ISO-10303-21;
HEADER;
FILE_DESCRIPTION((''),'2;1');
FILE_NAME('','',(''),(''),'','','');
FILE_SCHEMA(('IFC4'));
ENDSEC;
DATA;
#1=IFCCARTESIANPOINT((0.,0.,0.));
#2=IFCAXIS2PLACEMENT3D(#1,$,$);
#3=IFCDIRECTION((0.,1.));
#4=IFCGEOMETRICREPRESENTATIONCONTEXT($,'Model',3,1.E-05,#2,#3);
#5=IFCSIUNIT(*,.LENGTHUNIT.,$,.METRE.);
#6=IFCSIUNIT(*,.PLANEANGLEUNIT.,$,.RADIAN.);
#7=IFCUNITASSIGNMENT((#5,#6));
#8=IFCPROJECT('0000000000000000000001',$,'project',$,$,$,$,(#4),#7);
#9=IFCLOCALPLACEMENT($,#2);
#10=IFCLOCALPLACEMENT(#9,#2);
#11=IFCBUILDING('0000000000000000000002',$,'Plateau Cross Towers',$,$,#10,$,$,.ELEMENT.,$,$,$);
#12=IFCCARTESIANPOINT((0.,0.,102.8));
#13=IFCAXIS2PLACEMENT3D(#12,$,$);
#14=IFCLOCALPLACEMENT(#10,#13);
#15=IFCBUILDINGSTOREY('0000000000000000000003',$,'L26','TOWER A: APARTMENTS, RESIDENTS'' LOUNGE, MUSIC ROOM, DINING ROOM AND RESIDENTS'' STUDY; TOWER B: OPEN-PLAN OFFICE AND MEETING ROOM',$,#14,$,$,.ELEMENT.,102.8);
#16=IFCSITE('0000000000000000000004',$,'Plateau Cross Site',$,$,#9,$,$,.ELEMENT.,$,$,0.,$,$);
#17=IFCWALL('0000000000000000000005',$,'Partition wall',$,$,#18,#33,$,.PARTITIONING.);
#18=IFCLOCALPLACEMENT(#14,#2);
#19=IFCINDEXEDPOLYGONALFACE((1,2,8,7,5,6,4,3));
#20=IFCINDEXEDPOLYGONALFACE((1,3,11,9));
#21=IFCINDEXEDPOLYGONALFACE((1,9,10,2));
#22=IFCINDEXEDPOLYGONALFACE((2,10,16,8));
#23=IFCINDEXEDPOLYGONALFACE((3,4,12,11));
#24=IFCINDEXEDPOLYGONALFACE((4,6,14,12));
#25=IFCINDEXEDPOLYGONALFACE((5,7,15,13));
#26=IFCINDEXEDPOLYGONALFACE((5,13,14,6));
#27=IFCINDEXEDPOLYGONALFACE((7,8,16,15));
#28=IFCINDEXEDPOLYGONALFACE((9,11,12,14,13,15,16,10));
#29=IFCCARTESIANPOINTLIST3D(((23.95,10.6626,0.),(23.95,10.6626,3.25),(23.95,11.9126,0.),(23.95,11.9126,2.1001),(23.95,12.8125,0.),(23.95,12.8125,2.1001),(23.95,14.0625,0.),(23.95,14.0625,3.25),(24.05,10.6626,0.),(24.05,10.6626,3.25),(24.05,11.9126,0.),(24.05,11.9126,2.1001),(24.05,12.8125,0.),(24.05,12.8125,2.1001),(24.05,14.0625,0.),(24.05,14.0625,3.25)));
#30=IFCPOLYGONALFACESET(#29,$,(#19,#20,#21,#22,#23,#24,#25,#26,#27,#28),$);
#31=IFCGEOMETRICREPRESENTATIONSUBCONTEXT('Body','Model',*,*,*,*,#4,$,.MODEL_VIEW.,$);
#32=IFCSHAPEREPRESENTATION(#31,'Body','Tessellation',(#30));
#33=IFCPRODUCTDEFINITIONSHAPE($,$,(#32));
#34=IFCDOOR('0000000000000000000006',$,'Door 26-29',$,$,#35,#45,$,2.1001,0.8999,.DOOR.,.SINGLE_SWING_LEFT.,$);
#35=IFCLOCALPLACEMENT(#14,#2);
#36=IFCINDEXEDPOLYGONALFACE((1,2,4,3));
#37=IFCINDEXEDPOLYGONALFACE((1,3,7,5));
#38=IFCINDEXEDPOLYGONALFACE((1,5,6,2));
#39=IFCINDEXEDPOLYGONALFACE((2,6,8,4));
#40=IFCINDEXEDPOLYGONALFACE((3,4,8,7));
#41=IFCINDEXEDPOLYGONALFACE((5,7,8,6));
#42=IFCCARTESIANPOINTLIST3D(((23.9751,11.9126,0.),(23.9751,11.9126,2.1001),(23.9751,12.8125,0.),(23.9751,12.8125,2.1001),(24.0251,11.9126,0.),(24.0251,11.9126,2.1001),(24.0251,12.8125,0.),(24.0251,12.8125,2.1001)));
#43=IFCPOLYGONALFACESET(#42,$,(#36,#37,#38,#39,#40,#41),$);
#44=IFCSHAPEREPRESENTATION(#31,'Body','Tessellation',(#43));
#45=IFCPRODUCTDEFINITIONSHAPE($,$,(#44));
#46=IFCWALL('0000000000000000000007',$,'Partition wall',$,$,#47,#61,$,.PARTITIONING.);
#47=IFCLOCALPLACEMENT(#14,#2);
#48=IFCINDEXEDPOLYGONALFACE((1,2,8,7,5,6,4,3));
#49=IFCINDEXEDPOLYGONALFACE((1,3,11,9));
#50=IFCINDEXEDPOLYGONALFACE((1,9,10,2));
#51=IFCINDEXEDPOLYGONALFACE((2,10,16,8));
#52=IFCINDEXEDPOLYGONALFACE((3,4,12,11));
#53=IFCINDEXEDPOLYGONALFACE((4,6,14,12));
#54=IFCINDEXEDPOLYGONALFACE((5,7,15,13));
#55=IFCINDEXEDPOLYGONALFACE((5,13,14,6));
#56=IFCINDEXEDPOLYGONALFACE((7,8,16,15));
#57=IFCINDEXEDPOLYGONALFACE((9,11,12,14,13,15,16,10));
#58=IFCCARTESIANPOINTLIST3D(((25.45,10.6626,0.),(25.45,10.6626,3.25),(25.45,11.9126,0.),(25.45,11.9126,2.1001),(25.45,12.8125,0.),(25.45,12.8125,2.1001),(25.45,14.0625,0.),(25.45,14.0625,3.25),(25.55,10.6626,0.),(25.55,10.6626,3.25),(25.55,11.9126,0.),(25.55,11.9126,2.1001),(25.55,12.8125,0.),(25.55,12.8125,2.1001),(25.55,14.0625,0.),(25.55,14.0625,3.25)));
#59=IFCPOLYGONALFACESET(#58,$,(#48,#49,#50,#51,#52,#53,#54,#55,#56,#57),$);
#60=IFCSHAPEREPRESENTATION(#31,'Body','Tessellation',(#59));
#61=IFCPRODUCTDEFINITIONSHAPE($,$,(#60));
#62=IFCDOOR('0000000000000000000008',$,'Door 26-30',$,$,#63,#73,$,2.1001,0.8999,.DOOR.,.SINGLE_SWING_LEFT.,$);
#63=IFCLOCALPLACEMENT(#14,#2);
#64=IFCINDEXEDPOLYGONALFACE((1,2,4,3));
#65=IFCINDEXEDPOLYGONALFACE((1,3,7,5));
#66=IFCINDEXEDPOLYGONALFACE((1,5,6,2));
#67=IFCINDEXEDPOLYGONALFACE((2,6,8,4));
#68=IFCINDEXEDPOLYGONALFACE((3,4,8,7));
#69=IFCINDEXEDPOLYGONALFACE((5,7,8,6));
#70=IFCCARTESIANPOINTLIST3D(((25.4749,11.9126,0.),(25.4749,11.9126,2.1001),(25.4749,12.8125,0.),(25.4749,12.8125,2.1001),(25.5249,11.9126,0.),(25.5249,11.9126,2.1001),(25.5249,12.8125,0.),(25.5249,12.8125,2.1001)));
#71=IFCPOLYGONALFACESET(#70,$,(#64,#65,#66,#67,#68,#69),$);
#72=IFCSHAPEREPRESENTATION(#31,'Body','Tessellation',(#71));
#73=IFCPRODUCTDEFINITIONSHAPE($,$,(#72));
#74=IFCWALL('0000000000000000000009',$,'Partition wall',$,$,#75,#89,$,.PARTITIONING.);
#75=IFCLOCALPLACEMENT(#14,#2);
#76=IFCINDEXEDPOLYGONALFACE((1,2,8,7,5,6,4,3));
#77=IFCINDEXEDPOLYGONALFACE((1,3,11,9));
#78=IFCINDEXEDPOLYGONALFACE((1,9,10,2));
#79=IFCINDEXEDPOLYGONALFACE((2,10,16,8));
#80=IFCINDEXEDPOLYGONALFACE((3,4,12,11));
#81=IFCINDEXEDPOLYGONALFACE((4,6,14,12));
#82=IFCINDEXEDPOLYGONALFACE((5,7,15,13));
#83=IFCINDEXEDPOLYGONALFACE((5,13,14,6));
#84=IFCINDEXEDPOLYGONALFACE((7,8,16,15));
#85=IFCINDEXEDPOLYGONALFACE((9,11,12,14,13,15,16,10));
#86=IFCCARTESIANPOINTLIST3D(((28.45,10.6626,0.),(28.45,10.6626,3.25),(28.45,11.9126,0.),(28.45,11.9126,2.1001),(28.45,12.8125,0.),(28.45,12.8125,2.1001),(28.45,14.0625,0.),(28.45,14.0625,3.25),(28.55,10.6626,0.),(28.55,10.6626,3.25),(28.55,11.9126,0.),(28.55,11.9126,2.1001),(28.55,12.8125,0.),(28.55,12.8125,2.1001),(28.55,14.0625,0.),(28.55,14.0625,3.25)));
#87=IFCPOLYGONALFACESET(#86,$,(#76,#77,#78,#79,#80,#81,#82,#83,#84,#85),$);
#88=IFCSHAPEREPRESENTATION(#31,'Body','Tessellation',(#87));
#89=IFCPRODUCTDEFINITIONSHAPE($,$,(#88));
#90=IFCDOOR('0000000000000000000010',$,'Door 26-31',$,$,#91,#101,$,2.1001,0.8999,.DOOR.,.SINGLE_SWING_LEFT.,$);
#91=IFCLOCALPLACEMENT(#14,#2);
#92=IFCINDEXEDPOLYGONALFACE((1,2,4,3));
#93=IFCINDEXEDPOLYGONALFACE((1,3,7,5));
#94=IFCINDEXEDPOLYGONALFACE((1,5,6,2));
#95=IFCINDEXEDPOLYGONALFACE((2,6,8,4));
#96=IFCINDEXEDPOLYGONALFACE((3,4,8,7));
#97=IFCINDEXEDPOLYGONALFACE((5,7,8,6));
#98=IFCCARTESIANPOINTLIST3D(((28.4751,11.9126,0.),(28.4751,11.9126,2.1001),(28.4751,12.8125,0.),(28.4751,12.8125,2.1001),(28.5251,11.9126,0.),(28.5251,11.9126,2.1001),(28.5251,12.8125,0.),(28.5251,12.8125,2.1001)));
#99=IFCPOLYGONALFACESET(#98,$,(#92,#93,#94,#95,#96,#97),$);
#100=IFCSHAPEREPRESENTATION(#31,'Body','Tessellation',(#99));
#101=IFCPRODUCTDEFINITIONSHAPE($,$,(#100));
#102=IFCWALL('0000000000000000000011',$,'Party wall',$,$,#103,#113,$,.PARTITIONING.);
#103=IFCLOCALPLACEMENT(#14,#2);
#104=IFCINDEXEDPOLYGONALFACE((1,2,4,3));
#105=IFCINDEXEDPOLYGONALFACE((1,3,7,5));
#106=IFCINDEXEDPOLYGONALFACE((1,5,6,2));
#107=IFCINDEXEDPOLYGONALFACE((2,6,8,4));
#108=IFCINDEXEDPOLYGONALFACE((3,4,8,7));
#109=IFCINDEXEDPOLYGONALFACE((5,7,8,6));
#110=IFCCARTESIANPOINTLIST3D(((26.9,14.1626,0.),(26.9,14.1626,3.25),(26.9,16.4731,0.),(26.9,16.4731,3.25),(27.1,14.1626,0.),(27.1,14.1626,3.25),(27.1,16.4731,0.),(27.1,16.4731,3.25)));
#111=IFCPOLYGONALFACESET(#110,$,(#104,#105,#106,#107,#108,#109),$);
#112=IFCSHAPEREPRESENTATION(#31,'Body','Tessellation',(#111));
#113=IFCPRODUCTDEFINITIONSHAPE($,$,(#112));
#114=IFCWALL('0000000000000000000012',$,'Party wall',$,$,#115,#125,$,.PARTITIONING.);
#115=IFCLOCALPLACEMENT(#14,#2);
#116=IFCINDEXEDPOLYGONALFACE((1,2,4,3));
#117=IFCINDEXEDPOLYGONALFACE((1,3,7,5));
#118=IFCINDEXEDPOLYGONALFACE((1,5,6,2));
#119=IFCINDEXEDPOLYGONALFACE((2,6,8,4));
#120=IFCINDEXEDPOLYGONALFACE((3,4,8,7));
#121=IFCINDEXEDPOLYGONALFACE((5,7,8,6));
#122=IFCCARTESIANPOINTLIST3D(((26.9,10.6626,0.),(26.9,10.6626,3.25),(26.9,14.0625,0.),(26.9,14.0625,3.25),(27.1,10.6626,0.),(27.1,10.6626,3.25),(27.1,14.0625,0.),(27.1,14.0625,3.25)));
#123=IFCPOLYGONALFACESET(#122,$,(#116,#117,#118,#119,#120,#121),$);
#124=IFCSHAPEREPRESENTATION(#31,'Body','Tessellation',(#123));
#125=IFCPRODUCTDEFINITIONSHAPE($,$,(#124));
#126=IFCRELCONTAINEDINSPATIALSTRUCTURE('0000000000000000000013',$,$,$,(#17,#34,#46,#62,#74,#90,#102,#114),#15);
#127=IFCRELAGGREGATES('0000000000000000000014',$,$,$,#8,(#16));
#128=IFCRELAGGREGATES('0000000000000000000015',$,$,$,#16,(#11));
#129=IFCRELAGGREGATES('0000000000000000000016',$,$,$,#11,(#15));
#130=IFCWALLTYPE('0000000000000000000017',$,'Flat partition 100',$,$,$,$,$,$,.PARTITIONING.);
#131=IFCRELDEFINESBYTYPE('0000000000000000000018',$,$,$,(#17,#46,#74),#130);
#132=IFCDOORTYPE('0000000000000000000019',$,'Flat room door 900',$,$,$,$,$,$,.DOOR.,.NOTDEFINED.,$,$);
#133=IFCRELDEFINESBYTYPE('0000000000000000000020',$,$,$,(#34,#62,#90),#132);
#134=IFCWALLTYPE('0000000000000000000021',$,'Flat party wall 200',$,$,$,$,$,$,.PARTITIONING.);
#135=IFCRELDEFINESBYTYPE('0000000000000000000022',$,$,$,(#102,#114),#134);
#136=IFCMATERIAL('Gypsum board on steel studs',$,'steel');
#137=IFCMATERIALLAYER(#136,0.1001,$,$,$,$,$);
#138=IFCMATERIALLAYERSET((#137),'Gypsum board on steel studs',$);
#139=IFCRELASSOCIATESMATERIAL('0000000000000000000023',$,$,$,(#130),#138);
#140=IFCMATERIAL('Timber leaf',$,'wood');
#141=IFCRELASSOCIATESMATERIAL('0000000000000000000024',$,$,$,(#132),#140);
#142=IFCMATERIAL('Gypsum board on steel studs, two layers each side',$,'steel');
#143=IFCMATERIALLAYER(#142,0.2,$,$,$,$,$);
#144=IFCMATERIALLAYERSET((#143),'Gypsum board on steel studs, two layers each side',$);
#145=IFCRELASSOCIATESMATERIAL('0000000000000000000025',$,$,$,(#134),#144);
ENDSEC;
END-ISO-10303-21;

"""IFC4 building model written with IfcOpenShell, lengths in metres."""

from ifc_helpers import new_model, si_unit, direction, frame, frame_2d, origin, place, context, subcontext, project, spatial, rectangle, extrude, material, layer, layer_set, type_object, element, fill, save


model = new_model("IFC4")

# Units and contexts
model_context = context("Model", 3, precision=1e-05, world=origin(), true_north=direction((0.0, 1.0)))
body_context = subcontext(model_context, "Body", "Model", "MODEL_VIEW")
ifc_project = project(units=[si_unit("LENGTHUNIT", "METRE"), si_unit("PLANEANGLEUNIT", "RADIAN")], contexts=[model_context])

# Site, building, storey
site_placement = place(None, origin())
site = spatial("IfcSite", under=ifc_project, at=site_placement, Name="Plateau Cross Site", CompositionType="ELEMENT", RefElevation=0.0)
building_placement = place(site_placement, origin())
building = spatial("IfcBuilding", under=site, at=building_placement, Name="Plateau Cross Towers", CompositionType="ELEMENT")
storey_placement = place(building_placement, frame((0.0, 0.0, 102.8)))
storey = spatial("IfcBuildingStorey", under=building, at=storey_placement, Name="L26", Description="TOWER A: APARTMENTS, RESIDENTS' LOUNGE, MUSIC ROOM, DINING ROOM AND RESIDENTS' STUDY; TOWER B: OPEN-PLAN OFFICE AND MEETING ROOM", CompositionType="ELEMENT", Elevation=102.8)

# Shared definitions
ifc_material_1 = material(Name="Gypsum board on steel studs", Category="steel")
ifc_layer_1 = layer(ifc_material_1, 0.1001)
ifc_layer_set_1 = layer_set([ifc_layer_1], Name="Gypsum board on steel studs")
wall_type_1 = type_object("IfcWallType", Name="Flat partition 100", PredefinedType="PARTITIONING", material=ifc_layer_set_1)

# Walls, openings, doors
wall_1_placement = place(storey_placement, frame((24.0, 10.6626, 0.0), z_axis=(0.0, 0.0, 1.0), x_axis=(0.0, 1.0, 0.0)))
wall_1 = element("IfcWall", 1, at=wall_1_placement, inside=storey, type_object=wall_type_1, Name="Partition wall", PredefinedType="PARTITIONING", context=body_context, shape_type="SweptSolid", body=[
    extrude(rectangle(XDim=3.3999, YDim=0.1001, at=frame_2d((1.7, 0.0))), origin(), (0.0, 0.0, 1.0), 3.25),
])
opening_1_placement = place(wall_1_placement, frame((1.25, 0.0, 0.0)))
opening_1 = element("IfcOpeningElement", 2, at=opening_1_placement, cuts=wall_1, PredefinedType="OPENING", context=body_context, shape_type="SweptSolid", body=[
    extrude(rectangle(XDim=0.8999, YDim=2.1001, at=frame_2d((0.45, 1.05))), frame((0.0, 0.0601, 0.0), z_axis=(0.0, -1.0, 0.0), x_axis=(1.0, 0.0, 0.0)), (0.0, 0.0, 1.0), 0.1201),
])
ifc_material_2 = material(Name="Timber leaf", Category="wood")
door_type_1 = type_object("IfcDoorType", Name="Flat room door 900", OperationType="NOTDEFINED", PredefinedType="DOOR", material=ifc_material_2)
door_1_placement = place(opening_1_placement, origin())
door_1 = element("IfcDoor", 3, at=door_1_placement, inside=storey, type_object=door_type_1, Name="Door 26-29", OperationType="SINGLE_SWING_LEFT", OverallHeight=2.1001, OverallWidth=0.8999, PredefinedType="DOOR", context=body_context, shape_type="SweptSolid", body=[
    extrude(rectangle(XDim=0.8999, YDim=2.1001, at=frame_2d((0.45, 1.05))), frame((0.0, 0.0249, 0.0), z_axis=(0.0, -1.0, 0.0), x_axis=(1.0, 0.0, 0.0)), (0.0, 0.0, 1.0), 0.05),
])
fill(opening_1, door_1)
wall_2_placement = place(storey_placement, frame((25.5, 14.0625, 0.0), z_axis=(0.0, 0.0, 1.0), x_axis=(0.0, -1.0, 0.0)))
wall_2 = element("IfcWall", 4, at=wall_2_placement, inside=storey, type_object=wall_type_1, Name="Partition wall", PredefinedType="PARTITIONING", context=body_context, shape_type="SweptSolid", body=[
    extrude(rectangle(XDim=3.3999, YDim=0.1001, at=frame_2d((1.7, 0.0))), origin(), (0.0, 0.0, 1.0), 3.25),
])
opening_2_placement = place(wall_2_placement, frame((1.25, 0.0, 0.0)))
opening_2 = element("IfcOpeningElement", 5, at=opening_2_placement, cuts=wall_2, PredefinedType="OPENING", context=body_context, shape_type="SweptSolid", body=[
    extrude(rectangle(XDim=0.8999, YDim=2.1001, at=frame_2d((0.45, 1.05))), frame((0.0, 0.0601, 0.0), z_axis=(0.0, -1.0, 0.0), x_axis=(1.0, 0.0, 0.0)), (0.0, 0.0, 1.0), 0.1201),
])
door_2_placement = place(opening_2_placement, origin())
door_2 = element("IfcDoor", 6, at=door_2_placement, inside=storey, type_object=door_type_1, Name="Door 26-30", OperationType="SINGLE_SWING_LEFT", OverallHeight=2.1001, OverallWidth=0.8999, PredefinedType="DOOR", context=body_context, shape_type="SweptSolid", body=[
    extrude(rectangle(XDim=0.8999, YDim=2.1001, at=frame_2d((0.45, 1.05))), frame((0.0, 0.0249, 0.0), z_axis=(0.0, -1.0, 0.0), x_axis=(1.0, 0.0, 0.0)), (0.0, 0.0, 1.0), 0.05),
])
fill(opening_2, door_2)
wall_3_placement = place(storey_placement, frame((28.5, 10.6626, 0.0), z_axis=(0.0, 0.0, 1.0), x_axis=(0.0, 1.0, 0.0)))
wall_3 = element("IfcWall", 7, at=wall_3_placement, inside=storey, type_object=wall_type_1, Name="Partition wall", PredefinedType="PARTITIONING", context=body_context, shape_type="SweptSolid", body=[
    extrude(rectangle(XDim=3.3999, YDim=0.1001, at=frame_2d((1.7, 0.0))), origin(), (0.0, 0.0, 1.0), 3.25),
])
opening_3_placement = place(wall_3_placement, frame((1.25, 0.0, 0.0)))
opening_3 = element("IfcOpeningElement", 8, at=opening_3_placement, cuts=wall_3, PredefinedType="OPENING", context=body_context, shape_type="SweptSolid", body=[
    extrude(rectangle(XDim=0.8999, YDim=2.1001, at=frame_2d((0.45, 1.05))), frame((0.0, 0.0601, 0.0), z_axis=(0.0, -1.0, 0.0), x_axis=(1.0, 0.0, 0.0)), (0.0, 0.0, 1.0), 0.1201),
])
door_3_placement = place(opening_3_placement, origin())
door_3 = element("IfcDoor", 9, at=door_3_placement, inside=storey, type_object=door_type_1, Name="Door 26-31", OperationType="SINGLE_SWING_LEFT", OverallHeight=2.1001, OverallWidth=0.8999, PredefinedType="DOOR", context=body_context, shape_type="SweptSolid", body=[
    extrude(rectangle(XDim=0.8999, YDim=2.1001, at=frame_2d((0.45, 1.05))), frame((0.0, 0.0249, 0.0), z_axis=(0.0, -1.0, 0.0), x_axis=(1.0, 0.0, 0.0)), (0.0, 0.0, 1.0), 0.05),
])
fill(opening_3, door_3)

# Walls
ifc_material_3 = material(Name="Gypsum board on steel studs, two layers each side", Category="steel")
ifc_layer_2 = layer(ifc_material_3, 0.2)
ifc_layer_set_2 = layer_set([ifc_layer_2], Name="Gypsum board on steel studs, two layers each side")
wall_type_2 = type_object("IfcWallType", Name="Flat party wall 200", PredefinedType="PARTITIONING", material=ifc_layer_set_2)
wall_4_placement = place(storey_placement, frame((27.0, 16.4731, 0.0), z_axis=(0.0, 0.0, 1.0), x_axis=(0.0, -1.0, 0.0)))
element("IfcWall", 10, at=wall_4_placement, inside=storey, type_object=wall_type_2, Name="Party wall", PredefinedType="PARTITIONING", context=body_context, shape_type="SweptSolid", body=[
    extrude(rectangle(XDim=2.3105, YDim=0.2, at=frame_2d((1.1553, 0.0))), origin(), (0.0, 0.0, 1.0), 3.25),
])
wall_5_placement = place(storey_placement, frame((27.0, 10.6626, 0.0), z_axis=(0.0, 0.0, 1.0), x_axis=(0.0, 1.0, 0.0)))
element("IfcWall", 11, at=wall_5_placement, inside=storey, type_object=wall_type_2, Name="Party wall", PredefinedType="PARTITIONING", context=body_context, shape_type="SweptSolid", body=[
    extrude(rectangle(XDim=3.3999, YDim=0.2, at=frame_2d((1.7, 0.0))), origin(), (0.0, 0.0, 1.0), 3.25),
])

save(model, "model.ifc")
